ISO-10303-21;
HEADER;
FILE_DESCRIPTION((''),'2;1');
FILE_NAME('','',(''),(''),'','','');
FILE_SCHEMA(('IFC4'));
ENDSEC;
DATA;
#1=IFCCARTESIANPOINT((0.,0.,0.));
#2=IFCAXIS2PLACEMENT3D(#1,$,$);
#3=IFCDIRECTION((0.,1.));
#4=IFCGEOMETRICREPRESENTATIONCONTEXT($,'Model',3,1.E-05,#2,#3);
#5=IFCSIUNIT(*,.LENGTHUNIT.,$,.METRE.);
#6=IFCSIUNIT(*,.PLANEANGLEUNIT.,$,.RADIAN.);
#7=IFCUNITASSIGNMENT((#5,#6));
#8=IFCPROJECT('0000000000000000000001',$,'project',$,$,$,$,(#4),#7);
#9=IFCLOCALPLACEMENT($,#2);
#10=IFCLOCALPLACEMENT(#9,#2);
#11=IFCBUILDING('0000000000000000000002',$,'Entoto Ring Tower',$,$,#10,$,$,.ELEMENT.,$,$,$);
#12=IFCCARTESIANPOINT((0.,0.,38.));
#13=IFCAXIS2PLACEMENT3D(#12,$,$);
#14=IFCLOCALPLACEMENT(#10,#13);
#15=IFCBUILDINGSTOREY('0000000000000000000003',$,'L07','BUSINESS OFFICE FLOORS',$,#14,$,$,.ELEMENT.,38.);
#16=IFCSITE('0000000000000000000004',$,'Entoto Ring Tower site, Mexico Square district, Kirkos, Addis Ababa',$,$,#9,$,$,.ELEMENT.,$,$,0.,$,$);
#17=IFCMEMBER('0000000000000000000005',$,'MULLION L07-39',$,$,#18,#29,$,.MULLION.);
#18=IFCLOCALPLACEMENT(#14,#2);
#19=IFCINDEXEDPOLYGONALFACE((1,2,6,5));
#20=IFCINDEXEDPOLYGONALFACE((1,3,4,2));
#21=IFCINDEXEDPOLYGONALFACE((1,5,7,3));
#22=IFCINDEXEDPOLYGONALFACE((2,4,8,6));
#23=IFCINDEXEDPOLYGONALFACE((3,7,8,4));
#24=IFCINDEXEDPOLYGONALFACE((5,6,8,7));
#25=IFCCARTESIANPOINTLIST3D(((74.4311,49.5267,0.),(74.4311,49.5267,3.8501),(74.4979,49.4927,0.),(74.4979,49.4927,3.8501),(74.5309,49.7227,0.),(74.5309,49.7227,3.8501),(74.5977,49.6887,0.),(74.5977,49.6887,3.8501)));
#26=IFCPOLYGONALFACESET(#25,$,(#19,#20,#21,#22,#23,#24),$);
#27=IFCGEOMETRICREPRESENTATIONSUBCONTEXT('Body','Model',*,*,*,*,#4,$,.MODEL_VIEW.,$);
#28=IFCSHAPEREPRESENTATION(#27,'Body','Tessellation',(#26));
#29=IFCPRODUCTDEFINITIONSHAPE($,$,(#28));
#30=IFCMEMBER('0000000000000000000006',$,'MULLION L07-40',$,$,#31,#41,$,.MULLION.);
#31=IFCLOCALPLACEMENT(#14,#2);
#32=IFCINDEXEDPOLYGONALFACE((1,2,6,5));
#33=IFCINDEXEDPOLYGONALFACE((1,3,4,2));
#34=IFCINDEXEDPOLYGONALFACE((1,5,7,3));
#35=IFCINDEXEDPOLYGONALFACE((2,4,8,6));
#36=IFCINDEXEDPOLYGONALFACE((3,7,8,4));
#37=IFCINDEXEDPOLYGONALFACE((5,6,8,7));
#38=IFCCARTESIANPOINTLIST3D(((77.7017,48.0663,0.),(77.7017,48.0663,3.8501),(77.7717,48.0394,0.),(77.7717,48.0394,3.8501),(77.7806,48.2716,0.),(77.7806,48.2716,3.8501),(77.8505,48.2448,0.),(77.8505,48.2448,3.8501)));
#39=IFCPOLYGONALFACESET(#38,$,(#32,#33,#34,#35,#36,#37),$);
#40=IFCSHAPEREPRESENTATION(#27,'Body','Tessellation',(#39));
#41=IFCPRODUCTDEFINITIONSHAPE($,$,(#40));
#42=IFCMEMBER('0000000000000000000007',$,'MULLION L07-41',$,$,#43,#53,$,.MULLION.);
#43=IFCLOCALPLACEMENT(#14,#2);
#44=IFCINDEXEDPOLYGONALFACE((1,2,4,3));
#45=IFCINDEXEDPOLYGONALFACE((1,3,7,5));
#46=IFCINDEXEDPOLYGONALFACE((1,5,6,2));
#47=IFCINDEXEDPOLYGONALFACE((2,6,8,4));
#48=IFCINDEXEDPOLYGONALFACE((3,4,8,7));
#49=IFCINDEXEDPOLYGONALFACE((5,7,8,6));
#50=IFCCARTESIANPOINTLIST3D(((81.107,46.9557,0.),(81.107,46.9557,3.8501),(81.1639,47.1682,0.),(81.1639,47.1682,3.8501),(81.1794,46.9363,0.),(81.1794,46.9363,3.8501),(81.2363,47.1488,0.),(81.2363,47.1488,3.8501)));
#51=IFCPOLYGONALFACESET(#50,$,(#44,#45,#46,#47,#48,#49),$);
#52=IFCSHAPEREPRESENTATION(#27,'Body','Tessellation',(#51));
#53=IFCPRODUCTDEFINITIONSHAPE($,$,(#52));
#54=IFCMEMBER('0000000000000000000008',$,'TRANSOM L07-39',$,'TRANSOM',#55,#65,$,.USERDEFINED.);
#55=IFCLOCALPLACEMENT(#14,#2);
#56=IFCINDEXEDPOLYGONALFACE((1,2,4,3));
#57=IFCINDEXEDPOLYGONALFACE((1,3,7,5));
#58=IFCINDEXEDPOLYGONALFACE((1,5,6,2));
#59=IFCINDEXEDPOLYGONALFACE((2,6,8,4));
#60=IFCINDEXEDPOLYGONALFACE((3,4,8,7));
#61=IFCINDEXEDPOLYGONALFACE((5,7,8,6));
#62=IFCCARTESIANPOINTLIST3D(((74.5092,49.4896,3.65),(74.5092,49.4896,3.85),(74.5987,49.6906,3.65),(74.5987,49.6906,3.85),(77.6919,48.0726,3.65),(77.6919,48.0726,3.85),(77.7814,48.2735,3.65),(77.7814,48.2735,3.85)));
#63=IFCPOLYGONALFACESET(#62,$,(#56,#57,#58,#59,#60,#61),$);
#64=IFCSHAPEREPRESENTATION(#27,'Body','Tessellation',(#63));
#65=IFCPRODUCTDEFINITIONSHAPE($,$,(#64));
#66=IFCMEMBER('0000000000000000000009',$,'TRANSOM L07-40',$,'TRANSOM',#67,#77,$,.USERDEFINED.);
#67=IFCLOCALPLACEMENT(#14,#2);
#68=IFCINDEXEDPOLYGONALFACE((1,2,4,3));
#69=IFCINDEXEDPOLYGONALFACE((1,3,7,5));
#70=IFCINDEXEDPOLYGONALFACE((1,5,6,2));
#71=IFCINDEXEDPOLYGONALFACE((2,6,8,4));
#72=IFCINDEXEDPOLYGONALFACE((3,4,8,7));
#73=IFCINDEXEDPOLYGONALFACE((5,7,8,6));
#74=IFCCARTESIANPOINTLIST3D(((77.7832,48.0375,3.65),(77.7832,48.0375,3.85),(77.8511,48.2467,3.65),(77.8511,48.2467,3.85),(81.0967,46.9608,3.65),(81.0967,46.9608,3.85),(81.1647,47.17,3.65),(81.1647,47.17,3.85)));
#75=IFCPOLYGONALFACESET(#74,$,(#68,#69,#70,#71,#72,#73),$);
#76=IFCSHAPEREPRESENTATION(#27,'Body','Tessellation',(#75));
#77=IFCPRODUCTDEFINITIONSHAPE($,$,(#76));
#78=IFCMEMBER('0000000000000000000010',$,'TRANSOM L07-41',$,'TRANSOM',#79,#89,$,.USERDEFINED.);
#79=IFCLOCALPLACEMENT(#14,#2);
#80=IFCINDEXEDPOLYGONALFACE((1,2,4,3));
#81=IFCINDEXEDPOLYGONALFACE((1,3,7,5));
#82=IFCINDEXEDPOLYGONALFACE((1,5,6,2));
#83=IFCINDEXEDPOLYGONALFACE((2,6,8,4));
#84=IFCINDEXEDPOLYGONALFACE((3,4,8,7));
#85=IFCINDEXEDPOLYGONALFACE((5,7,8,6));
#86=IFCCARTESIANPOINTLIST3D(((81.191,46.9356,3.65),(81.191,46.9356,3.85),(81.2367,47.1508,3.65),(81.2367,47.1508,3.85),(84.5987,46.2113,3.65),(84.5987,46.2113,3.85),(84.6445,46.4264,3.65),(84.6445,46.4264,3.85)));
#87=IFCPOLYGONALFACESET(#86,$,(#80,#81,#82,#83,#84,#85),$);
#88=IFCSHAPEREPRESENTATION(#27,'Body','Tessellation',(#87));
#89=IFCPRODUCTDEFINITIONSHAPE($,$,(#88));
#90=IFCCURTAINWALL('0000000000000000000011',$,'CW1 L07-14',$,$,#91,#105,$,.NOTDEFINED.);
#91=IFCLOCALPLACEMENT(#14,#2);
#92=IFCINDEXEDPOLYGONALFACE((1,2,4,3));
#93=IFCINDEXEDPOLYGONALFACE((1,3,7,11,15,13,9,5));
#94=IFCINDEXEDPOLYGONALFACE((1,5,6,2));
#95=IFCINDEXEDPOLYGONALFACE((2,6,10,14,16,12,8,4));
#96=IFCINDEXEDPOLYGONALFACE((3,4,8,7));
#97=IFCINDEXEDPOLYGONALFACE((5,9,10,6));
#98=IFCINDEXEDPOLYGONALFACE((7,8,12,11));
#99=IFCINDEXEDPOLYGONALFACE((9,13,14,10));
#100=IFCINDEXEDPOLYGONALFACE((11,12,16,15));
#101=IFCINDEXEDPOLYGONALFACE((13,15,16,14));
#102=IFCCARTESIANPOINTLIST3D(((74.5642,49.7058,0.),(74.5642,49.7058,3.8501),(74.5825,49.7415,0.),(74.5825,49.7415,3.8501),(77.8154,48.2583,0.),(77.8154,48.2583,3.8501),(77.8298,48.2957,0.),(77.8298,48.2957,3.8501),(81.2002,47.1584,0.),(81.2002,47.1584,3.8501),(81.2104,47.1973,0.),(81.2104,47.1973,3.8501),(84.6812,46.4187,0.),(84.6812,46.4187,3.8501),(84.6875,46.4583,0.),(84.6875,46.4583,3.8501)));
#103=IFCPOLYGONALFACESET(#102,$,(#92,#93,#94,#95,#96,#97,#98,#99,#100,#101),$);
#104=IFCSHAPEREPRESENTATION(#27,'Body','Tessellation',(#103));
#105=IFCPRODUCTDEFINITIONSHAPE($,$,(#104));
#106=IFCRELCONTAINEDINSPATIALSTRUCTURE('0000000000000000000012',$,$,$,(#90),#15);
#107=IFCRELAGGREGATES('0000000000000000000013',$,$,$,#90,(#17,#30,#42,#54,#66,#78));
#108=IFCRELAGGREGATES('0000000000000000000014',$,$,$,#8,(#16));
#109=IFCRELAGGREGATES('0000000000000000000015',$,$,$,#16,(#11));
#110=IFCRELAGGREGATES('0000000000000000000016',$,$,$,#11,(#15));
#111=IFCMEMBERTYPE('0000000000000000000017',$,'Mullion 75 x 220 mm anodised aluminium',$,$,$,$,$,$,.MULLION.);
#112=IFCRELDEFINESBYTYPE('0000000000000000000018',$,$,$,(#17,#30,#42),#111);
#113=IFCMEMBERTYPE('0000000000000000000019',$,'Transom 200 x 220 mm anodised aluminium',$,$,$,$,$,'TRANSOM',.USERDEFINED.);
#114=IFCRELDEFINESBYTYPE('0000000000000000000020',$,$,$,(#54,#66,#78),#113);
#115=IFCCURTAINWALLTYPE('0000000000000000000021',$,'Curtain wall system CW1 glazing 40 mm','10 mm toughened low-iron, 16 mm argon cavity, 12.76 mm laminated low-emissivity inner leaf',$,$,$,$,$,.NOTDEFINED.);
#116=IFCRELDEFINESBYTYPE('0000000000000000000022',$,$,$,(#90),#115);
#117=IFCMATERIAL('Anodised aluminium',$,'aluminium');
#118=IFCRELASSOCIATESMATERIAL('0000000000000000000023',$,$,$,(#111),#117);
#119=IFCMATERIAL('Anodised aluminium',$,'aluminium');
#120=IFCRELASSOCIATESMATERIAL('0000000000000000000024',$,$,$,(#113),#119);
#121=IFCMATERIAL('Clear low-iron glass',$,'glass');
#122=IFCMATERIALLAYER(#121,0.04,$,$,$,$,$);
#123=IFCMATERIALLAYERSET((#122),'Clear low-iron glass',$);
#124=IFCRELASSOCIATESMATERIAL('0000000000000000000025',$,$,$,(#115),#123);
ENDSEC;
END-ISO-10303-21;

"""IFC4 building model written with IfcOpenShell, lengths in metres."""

from ifc_helpers import new_model, si_unit, direction, frame, origin, origin_2d, place, context, subcontext, project, spatial, polyline, rectangle, outline, extrude, material, layer, layer_set, material_profile, profile_set, type_object, element, aggregate, save


model = new_model("IFC4")

# Units and contexts
model_context = context("Model", 3, precision=1e-05, world=origin(), true_north=direction((0.0, 1.0)))
body_context = subcontext(model_context, "Body", "Model", "MODEL_VIEW")
ifc_project = project(units=[si_unit("LENGTHUNIT", "METRE"), si_unit("PLANEANGLEUNIT", "RADIAN")], contexts=[model_context])

# Members
ifc_material_1 = material(Name="Anodised aluminium", Category="aluminium")
ifc_material_profile_1 = material_profile(ifc_material_1, rectangle(XDim=0.075, YDim=0.22, at=origin_2d()), Name="Mullion 75 x 220 mm anodised aluminium")
ifc_profile_set_1 = profile_set([ifc_material_profile_1], Name="Anodised aluminium")
member_type_1 = type_object("IfcMemberType", Name="Mullion 75 x 220 mm anodised aluminium", PredefinedType="MULLION", material=ifc_profile_set_1)
site_placement = place(None, origin())
building_placement = place(site_placement, origin())
storey_placement = place(building_placement, frame((0.0, 0.0, 38.0)))
member_1_placement = place(storey_placement, frame((74.5144, 49.6077, 0.0), z_axis=(0.0, 0.0, 1.0), x_axis=(0.891007, -0.45399, 0.0)))
member_1 = element("IfcMember", 1, at=member_1_placement, type_object=member_type_1, Name="MULLION L07-39", PredefinedType="MULLION", context=body_context, shape_type="SweptSolid", body=[
    extrude(rectangle(XDim=0.075, YDim=0.22, at=origin_2d()), origin(), (0.0, 0.0, 1.0), 3.8501),
])
member_2_placement = place(storey_placement, frame((77.7761, 48.1555, 0.0), z_axis=(0.0, 0.0, 1.0), x_axis=(0.93358, -0.358368, 0.0)))
member_2 = element("IfcMember", 2, at=member_2_placement, type_object=member_type_1, Name="MULLION L07-40", PredefinedType="MULLION", context=body_context, shape_type="SweptSolid", body=[
    extrude(rectangle(XDim=0.075, YDim=0.22, at=origin_2d()), origin(), (0.0, 0.0, 1.0), 3.8501),
])
member_3_placement = place(storey_placement, frame((81.1716, 47.0522, 0.0), z_axis=(0.0, 0.0, 1.0), x_axis=(0.965926, -0.258819, 0.0)))
member_3 = element("IfcMember", 3, at=member_3_placement, type_object=member_type_1, Name="MULLION L07-41", PredefinedType="MULLION", context=body_context, shape_type="SweptSolid", body=[
    extrude(rectangle(XDim=0.075, YDim=0.22, at=origin_2d()), origin(), (0.0, 0.0, 1.0), 3.8501),
])
ifc_material_2 = material(Name="Anodised aluminium", Category="aluminium")
ifc_material_profile_2 = material_profile(ifc_material_2, rectangle(XDim=0.22, YDim=0.2, at=origin_2d()), Name="Transom 200 x 220 mm anodised aluminium")
ifc_profile_set_2 = profile_set([ifc_material_profile_2], Name="Anodised aluminium")
member_type_2 = type_object("IfcMemberType", Name="Transom 200 x 220 mm anodised aluminium", ElementType="TRANSOM", PredefinedType="USERDEFINED", material=ifc_profile_set_2)
member_4_placement = place(storey_placement, frame((74.554, 49.5901, 3.75), z_axis=(0.913545, -0.406737, 0.0), x_axis=(0.406737, 0.913545, 0.0)))
member_4 = element("IfcMember", 4, at=member_4_placement, type_object=member_type_2, Name="TRANSOM L07-39", ObjectType="TRANSOM", PredefinedType="USERDEFINED", context=body_context, shape_type="SweptSolid", body=[
    extrude(rectangle(XDim=0.22, YDim=0.2, at=origin_2d()), origin(), (0.0, 0.0, 1.0), 3.4839),
])
member_5_placement = place(storey_placement, frame((77.8171, 48.1421, 3.75), z_axis=(0.951053, -0.309029, 0.0), x_axis=(0.309029, 0.951053, 0.0)))
member_5 = element("IfcMember", 5, at=member_5_placement, type_object=member_type_2, Name="TRANSOM L07-40", ObjectType="TRANSOM", PredefinedType="USERDEFINED", context=body_context, shape_type="SweptSolid", body=[
    extrude(rectangle(XDim=0.22, YDim=0.2, at=origin_2d()), origin(), (0.0, 0.0, 1.0), 3.4841),
])
member_6_placement = place(storey_placement, frame((81.2139, 47.0432, 3.75), z_axis=(0.978146, -0.207921, 0.0), x_axis=(0.207921, 0.978146, 0.0)))
member_6 = element("IfcMember", 6, at=member_6_placement, type_object=member_type_2, Name="TRANSOM L07-41", ObjectType="TRANSOM", PredefinedType="USERDEFINED", context=body_context, shape_type="SweptSolid", body=[
    extrude(rectangle(XDim=0.22, YDim=0.2, at=origin_2d()), origin(), (0.0, 0.0, 1.0), 3.4839),
])

# Site, building, storey
site = spatial("IfcSite", under=ifc_project, at=site_placement, Name="Entoto Ring Tower site, Mexico Square district, Kirkos, Addis Ababa", CompositionType="ELEMENT", RefElevation=0.0)
building = spatial("IfcBuilding", under=site, at=building_placement, Name="Entoto Ring Tower", CompositionType="ELEMENT")
storey = spatial("IfcBuildingStorey", under=building, at=storey_placement, Name="L07", Description="BUSINESS OFFICE FLOORS", CompositionType="ELEMENT", Elevation=38.0)

# Curtain wall
ifc_material_3 = material(Name="Clear low-iron glass", Category="glass")
ifc_layer = layer(ifc_material_3, 0.04)
ifc_layer_set = layer_set([ifc_layer], Name="Clear low-iron glass")
curtain_wall_type = type_object("IfcCurtainWallType", Name="Curtain wall system CW1 glazing 40 mm", Description="10 mm toughened low-iron, 16 mm argon cavity, 12.76 mm laminated low-emissivity inner leaf", PredefinedType="NOTDEFINED", material=ifc_layer_set)
curtain_wall_1_placement = place(storey_placement, origin())
curtain_wall_1 = element("IfcCurtainWall", 7, at=curtain_wall_1_placement, inside=storey, type_object=curtain_wall_type, Name="CW1 L07-14", PredefinedType="NOTDEFINED", context=body_context, shape_type="SweptSolid", body=[
    extrude(outline(polyline([(74.5642, 49.7058), (77.8154, 48.2583), (81.2002, 47.1584), (84.6812, 46.4187), (84.6875, 46.4583), (81.2104, 47.1973), (77.8298, 48.2957), (74.5825, 49.7415), (74.5642, 49.7058)])), origin(), (0.0, 0.0, 1.0), 3.8501),
])
aggregate(curtain_wall_1, [member_1, member_2, member_3, member_4, member_5, member_6])

save(model, "model.ifc")
